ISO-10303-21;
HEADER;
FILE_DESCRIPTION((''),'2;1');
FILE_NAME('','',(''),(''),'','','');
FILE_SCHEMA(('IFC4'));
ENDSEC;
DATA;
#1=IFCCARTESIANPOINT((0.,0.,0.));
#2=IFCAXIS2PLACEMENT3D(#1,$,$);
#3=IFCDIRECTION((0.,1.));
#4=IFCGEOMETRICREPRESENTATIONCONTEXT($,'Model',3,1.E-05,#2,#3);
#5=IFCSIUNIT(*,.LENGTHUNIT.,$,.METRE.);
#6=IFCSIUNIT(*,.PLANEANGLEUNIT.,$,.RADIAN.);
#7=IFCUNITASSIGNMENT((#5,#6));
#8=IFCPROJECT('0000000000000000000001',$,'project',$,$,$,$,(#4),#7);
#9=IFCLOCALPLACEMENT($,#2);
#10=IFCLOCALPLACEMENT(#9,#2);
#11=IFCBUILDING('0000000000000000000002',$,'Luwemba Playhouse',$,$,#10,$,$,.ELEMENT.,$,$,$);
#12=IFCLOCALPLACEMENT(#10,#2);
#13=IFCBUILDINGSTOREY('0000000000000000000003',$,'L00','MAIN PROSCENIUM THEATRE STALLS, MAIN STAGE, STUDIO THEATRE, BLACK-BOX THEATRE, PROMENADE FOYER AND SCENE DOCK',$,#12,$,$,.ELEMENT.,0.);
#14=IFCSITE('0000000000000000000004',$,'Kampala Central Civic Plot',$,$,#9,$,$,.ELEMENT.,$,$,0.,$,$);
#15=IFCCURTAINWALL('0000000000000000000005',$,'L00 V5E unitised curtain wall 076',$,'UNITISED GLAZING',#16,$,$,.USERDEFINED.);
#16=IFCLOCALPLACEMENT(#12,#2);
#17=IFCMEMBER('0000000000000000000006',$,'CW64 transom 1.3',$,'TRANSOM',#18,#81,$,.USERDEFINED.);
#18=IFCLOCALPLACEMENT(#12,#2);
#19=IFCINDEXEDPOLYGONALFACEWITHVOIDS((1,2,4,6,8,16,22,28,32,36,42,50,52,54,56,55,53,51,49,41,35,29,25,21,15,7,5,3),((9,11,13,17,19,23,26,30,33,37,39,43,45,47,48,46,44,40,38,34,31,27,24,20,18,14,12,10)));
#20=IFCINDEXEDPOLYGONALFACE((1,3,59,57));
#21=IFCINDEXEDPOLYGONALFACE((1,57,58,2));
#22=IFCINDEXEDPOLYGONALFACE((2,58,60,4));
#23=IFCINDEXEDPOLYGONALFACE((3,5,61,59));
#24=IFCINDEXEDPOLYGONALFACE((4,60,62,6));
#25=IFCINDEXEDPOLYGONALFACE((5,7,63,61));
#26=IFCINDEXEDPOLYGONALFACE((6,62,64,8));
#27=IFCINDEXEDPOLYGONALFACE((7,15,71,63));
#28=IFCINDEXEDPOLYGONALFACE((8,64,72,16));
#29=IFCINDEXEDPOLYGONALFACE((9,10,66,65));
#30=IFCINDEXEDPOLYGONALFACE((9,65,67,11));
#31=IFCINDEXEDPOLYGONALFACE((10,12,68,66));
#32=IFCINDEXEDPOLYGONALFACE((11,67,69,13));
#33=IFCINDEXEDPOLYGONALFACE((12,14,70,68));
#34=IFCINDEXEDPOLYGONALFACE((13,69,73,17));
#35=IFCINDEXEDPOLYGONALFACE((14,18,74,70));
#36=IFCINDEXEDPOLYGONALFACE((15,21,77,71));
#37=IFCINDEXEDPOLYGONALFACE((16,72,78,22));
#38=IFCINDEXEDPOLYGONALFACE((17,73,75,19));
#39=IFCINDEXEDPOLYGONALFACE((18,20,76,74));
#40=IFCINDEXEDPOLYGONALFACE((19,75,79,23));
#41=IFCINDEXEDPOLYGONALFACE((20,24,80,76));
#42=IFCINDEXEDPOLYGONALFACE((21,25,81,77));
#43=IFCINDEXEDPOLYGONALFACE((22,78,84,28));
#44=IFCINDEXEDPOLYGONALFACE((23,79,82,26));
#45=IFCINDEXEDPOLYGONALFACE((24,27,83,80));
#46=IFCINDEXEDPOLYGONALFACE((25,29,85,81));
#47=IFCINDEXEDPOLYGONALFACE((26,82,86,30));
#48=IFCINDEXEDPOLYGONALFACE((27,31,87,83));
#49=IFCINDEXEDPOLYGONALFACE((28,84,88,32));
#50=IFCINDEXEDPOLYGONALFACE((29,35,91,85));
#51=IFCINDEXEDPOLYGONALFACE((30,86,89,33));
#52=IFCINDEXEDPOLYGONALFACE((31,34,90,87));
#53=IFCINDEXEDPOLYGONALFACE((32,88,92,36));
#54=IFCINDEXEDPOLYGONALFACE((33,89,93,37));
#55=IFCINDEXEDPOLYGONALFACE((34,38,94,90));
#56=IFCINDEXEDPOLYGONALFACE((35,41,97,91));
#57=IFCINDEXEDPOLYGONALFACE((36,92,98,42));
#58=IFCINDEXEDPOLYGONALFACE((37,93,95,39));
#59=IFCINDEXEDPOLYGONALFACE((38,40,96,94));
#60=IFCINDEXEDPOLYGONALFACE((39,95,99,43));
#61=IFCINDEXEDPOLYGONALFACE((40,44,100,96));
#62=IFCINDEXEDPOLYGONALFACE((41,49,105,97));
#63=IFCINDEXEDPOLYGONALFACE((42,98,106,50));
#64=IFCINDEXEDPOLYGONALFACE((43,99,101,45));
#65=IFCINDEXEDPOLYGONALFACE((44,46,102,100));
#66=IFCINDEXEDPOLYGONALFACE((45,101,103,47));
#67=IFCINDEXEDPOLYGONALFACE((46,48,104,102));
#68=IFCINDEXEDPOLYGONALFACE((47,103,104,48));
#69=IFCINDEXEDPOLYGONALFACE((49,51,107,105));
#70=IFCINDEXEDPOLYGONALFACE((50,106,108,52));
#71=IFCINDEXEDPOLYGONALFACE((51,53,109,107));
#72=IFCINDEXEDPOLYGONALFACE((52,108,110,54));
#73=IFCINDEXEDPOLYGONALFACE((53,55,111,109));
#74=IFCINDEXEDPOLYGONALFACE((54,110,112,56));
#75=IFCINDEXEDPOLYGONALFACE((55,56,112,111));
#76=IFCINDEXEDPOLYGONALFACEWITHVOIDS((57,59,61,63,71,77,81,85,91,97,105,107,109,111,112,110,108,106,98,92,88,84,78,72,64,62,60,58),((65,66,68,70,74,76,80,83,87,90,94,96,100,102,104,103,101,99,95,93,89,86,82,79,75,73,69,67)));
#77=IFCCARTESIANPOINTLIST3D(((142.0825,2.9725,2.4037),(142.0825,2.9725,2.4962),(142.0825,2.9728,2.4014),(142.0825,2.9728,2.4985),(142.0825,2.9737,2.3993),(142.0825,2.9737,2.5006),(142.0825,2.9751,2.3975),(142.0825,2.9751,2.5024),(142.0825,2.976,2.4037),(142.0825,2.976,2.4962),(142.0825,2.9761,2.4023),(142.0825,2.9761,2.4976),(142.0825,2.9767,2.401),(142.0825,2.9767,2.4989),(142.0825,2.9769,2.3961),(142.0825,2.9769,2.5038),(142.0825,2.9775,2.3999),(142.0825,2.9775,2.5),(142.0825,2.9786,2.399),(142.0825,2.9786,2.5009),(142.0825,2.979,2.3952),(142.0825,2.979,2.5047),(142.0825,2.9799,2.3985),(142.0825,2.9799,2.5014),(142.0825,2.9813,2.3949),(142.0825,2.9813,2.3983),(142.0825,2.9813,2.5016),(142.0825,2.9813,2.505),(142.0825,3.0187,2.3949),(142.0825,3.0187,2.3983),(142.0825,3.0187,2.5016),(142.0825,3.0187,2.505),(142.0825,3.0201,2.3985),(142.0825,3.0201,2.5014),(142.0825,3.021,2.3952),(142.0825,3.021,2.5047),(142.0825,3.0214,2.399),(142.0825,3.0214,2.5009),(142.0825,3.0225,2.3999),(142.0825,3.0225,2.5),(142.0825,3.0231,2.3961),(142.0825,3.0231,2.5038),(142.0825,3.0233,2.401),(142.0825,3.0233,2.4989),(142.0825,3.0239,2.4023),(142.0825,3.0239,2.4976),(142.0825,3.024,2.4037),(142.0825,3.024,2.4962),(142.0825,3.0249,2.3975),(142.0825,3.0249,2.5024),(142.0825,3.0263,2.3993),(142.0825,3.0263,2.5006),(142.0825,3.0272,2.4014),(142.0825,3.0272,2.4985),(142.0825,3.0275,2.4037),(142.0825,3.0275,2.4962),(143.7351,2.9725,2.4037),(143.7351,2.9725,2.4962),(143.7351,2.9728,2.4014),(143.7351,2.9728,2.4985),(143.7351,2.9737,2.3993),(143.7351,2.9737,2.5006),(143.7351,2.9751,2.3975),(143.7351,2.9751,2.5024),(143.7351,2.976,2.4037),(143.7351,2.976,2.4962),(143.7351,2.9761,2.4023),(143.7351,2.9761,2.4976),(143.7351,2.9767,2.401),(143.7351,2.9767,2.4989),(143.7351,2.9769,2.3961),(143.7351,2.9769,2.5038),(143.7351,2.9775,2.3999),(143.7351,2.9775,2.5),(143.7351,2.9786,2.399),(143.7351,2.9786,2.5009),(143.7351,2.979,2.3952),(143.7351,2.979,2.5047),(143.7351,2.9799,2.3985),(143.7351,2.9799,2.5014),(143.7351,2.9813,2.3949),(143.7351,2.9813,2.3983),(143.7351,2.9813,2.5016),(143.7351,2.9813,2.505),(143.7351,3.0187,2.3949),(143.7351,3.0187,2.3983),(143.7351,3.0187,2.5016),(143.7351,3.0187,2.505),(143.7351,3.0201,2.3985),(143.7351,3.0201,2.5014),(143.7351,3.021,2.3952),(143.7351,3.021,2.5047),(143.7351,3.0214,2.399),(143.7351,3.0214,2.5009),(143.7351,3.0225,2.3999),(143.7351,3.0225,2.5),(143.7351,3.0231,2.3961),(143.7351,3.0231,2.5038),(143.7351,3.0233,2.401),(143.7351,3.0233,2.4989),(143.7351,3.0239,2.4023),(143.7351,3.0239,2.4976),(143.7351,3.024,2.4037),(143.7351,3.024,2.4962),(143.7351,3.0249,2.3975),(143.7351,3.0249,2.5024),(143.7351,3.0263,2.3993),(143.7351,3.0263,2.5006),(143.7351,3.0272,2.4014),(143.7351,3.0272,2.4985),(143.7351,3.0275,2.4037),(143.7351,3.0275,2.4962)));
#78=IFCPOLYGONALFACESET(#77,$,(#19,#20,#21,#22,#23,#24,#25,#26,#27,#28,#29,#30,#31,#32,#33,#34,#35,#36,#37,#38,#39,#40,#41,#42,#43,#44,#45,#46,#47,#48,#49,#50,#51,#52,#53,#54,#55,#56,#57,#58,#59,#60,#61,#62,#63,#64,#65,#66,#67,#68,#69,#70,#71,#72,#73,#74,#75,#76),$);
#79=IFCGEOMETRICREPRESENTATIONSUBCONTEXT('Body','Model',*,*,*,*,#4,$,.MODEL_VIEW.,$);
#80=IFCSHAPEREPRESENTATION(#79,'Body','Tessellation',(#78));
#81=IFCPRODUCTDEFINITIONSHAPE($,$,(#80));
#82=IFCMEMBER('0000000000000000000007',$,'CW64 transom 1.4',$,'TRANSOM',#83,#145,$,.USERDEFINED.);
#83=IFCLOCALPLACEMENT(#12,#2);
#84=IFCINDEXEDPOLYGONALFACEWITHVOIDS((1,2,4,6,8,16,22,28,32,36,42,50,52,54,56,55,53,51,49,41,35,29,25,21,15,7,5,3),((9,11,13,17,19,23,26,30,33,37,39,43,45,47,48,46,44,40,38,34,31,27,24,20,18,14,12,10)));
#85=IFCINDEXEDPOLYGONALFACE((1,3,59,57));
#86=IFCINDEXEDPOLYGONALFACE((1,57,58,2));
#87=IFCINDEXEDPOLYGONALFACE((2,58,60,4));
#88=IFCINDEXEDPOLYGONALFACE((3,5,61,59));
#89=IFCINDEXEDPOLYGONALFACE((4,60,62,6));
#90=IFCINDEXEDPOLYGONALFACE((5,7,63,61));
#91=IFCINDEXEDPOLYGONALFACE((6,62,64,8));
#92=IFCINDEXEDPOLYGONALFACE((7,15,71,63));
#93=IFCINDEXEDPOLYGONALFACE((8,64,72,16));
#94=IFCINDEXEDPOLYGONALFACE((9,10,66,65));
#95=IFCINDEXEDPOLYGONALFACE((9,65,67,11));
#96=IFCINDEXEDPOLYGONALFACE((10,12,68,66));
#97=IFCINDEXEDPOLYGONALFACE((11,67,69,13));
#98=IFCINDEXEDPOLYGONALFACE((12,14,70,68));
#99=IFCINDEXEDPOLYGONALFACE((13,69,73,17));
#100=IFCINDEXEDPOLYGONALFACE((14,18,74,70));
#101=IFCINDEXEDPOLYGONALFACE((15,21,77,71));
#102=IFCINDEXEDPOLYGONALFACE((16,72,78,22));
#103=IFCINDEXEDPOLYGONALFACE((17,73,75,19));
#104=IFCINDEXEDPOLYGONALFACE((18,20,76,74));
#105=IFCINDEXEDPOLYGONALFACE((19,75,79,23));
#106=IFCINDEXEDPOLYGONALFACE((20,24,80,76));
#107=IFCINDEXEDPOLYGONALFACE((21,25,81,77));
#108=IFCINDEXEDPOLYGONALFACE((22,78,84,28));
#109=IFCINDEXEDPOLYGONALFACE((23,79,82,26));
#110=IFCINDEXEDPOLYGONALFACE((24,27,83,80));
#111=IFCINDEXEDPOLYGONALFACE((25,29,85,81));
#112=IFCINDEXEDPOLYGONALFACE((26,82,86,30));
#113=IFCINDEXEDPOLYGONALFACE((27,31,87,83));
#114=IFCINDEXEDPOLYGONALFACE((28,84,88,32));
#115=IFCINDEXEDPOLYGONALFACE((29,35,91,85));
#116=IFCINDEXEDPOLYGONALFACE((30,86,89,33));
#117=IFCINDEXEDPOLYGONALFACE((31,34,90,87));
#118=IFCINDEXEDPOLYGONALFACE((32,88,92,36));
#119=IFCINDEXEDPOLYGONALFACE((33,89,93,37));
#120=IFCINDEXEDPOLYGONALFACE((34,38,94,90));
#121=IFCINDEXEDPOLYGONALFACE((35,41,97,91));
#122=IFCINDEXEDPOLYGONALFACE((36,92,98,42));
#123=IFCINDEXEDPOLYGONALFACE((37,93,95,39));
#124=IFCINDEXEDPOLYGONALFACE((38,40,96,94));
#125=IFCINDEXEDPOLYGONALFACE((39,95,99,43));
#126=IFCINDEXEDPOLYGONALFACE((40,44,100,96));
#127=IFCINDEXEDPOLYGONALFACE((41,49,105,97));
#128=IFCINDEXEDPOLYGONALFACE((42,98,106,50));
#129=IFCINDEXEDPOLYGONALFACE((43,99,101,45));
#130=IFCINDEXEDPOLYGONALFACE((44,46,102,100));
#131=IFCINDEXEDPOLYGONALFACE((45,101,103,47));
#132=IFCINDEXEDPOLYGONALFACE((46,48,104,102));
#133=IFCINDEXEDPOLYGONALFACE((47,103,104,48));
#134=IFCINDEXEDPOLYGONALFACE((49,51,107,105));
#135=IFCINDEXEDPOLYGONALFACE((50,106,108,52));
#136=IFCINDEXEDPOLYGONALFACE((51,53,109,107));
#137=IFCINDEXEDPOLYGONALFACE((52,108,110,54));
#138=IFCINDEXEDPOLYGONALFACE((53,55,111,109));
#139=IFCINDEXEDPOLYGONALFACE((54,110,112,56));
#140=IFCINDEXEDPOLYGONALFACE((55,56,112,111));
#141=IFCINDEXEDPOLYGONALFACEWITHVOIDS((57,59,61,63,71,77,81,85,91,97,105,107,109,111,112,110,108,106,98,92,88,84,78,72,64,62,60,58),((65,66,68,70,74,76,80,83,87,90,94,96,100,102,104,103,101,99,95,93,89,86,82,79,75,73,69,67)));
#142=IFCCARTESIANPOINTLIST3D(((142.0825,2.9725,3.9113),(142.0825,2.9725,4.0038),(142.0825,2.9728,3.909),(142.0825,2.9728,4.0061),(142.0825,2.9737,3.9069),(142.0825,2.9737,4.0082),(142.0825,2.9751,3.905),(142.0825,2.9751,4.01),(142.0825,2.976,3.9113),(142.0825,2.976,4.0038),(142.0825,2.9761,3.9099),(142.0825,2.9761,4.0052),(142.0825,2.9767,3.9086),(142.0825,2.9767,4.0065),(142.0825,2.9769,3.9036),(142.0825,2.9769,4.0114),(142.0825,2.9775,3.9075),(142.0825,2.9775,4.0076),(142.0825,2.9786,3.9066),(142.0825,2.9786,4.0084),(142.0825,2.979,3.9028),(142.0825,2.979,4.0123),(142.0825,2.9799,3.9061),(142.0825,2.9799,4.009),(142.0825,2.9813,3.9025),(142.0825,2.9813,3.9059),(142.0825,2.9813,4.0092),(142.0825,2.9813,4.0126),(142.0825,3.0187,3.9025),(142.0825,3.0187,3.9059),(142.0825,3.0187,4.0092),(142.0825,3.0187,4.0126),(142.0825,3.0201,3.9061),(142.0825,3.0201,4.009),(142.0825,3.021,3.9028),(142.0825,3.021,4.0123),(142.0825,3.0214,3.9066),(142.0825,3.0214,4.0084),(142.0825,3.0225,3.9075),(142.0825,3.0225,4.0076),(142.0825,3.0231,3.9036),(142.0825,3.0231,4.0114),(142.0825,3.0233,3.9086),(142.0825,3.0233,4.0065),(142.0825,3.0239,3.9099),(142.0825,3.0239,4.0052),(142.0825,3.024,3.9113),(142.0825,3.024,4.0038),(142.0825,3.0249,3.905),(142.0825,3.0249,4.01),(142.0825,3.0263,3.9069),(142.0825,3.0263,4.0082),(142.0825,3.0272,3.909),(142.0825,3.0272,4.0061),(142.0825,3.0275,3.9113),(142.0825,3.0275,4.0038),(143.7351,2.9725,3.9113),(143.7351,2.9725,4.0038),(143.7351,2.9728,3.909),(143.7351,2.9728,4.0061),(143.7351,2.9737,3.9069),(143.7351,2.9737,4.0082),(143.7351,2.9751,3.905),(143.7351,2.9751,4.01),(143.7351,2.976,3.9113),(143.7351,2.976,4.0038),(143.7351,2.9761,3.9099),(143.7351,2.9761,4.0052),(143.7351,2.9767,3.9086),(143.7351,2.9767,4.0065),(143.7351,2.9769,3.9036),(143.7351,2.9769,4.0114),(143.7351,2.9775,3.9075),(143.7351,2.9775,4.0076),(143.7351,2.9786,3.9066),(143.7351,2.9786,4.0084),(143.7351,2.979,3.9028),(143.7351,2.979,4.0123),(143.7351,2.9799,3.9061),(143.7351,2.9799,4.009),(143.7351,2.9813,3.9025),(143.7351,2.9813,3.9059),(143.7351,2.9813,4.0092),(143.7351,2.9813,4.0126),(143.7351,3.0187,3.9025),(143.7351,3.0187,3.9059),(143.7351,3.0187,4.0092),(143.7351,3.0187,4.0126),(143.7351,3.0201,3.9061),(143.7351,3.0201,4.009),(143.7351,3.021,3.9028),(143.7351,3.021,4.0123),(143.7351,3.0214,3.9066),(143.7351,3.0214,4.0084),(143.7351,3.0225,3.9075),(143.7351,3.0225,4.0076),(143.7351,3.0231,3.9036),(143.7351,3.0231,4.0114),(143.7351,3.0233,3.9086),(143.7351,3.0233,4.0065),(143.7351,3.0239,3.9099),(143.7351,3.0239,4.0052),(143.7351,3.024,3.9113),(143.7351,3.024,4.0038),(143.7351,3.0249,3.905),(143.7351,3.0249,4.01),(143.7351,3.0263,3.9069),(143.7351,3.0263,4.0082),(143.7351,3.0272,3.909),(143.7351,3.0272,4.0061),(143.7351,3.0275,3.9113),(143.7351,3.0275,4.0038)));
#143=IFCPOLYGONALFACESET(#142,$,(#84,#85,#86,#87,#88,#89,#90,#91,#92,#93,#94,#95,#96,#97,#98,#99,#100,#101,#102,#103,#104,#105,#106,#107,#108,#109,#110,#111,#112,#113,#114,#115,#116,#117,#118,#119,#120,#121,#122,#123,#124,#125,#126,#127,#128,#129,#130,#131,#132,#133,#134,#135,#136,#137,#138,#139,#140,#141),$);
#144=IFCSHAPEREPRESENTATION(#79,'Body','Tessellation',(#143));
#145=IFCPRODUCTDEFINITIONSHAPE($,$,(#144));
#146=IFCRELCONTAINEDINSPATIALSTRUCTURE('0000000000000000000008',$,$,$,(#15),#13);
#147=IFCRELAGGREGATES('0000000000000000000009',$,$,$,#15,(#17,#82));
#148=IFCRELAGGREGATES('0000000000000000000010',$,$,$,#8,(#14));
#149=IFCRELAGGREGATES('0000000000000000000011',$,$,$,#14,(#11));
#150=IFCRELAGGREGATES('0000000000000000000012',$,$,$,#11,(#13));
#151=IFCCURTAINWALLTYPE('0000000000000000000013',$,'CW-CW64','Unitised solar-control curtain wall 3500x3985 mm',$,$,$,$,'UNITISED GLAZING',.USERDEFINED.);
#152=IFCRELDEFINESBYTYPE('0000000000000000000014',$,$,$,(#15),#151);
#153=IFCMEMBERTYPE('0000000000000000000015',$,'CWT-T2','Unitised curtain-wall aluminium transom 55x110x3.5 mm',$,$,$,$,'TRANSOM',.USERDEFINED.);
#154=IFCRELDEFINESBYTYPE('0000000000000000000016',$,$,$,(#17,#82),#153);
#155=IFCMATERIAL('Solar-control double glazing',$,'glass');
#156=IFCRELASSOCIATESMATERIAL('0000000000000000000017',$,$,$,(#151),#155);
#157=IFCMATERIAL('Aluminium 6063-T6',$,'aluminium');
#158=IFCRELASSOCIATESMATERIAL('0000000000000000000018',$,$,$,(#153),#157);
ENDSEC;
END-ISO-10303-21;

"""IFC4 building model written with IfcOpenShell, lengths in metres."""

from ifc_helpers import new_model, si_unit, direction, frame, origin, origin_2d, place, context, subcontext, project, spatial, hollow_rectangle, extrude, material, material_profile, profile_set, type_object, element, aggregate, save


model = new_model("IFC4")

# Units and contexts
model_context = context("Model", 3, precision=1e-05, world=origin(), true_north=direction((0.0, 1.0)))
body_context = subcontext(model_context, "Body", "Model", "MODEL_VIEW")
ifc_project = project(units=[si_unit("LENGTHUNIT", "METRE"), si_unit("PLANEANGLEUNIT", "RADIAN")], contexts=[model_context])

# Site, building, storey
site_placement = place(None, origin())
site = spatial("IfcSite", under=ifc_project, at=site_placement, Name="Kampala Central Civic Plot", CompositionType="ELEMENT", RefElevation=0.0)
building_placement = place(site_placement, origin())
building = spatial("IfcBuilding", under=site, at=building_placement, Name="Luwemba Playhouse", CompositionType="ELEMENT")
storey_placement = place(building_placement, origin())
storey = spatial("IfcBuildingStorey", under=building, at=storey_placement, Name="L00", Description="MAIN PROSCENIUM THEATRE STALLS, MAIN STAGE, STUDIO THEATRE, BLACK-BOX THEATRE, PROMENADE FOYER AND SCENE DOCK", CompositionType="ELEMENT", Elevation=0.0)

# Curtain wall, members
ifc_material_1 = material(Name="Solar-control double glazing", Category="glass")
curtain_wall_type = type_object("IfcCurtainWallType", Name="CW-CW64", Description="Unitised solar-control curtain wall 3500x3985 mm", ElementType="UNITISED GLAZING", PredefinedType="USERDEFINED", material=ifc_material_1)
curtain_wall_placement = place(storey_placement, origin())
curtain_wall = element("IfcCurtainWall", 1, at=curtain_wall_placement, inside=storey, type_object=curtain_wall_type, Name="L00 V5E unitised curtain wall 076", ObjectType="UNITISED GLAZING", PredefinedType="USERDEFINED")
ifc_material_2 = material(Name="Aluminium 6063-T6", Category="aluminium")
ifc_material_profile_1 = material_profile(ifc_material_2, hollow_rectangle(XDim=0.0549, YDim=0.1101, WallThickness=0.0034, InnerFilletRadius=0.0054, OuterFilletRadius=0.0088, at=origin_2d()))
ifc_profile_set_1 = profile_set([ifc_material_profile_1], Name="Aluminium 6063-T6")
member_type_1 = type_object("IfcMemberType", Name="CWT-T2", Description="Unitised curtain-wall aluminium transom 55x110x3.5 mm", ElementType="TRANSOM", PredefinedType="USERDEFINED", material=ifc_profile_set_1)
member_1_placement = place(storey_placement, frame((143.7351, 3.0, 2.45), z_axis=(-1.0, 0.0, 0.0), x_axis=(0.0, -1.0, 0.0)))
member_1 = element("IfcMember", 2, at=member_1_placement, type_object=member_type_1, Name="CW64 transom 1.3", ObjectType="TRANSOM", PredefinedType="USERDEFINED", context=body_context, shape_type="SweptSolid", body=[
    extrude(hollow_rectangle(XDim=0.0549, YDim=0.1101, WallThickness=0.0034, InnerFilletRadius=0.0054, OuterFilletRadius=0.0088, at=origin_2d()), origin(), (0.0, 0.0, 1.0), 1.6526),
])
member_2_placement = place(storey_placement, frame((143.7351, 3.0, 3.9575), z_axis=(-1.0, 0.0, 0.0), x_axis=(0.0, -1.0, 0.0)))
member_2 = element("IfcMember", 3, at=member_2_placement, type_object=member_type_1, Name="CW64 transom 1.4", ObjectType="TRANSOM", PredefinedType="USERDEFINED", context=body_context, shape_type="SweptSolid", body=[
    extrude(hollow_rectangle(XDim=0.0549, YDim=0.1101, WallThickness=0.0034, InnerFilletRadius=0.0054, OuterFilletRadius=0.0088, at=origin_2d()), origin(), (0.0, 0.0, 1.0), 1.6526),
])
aggregate(curtain_wall, [member_1, member_2])

save(model, "model.ifc")
